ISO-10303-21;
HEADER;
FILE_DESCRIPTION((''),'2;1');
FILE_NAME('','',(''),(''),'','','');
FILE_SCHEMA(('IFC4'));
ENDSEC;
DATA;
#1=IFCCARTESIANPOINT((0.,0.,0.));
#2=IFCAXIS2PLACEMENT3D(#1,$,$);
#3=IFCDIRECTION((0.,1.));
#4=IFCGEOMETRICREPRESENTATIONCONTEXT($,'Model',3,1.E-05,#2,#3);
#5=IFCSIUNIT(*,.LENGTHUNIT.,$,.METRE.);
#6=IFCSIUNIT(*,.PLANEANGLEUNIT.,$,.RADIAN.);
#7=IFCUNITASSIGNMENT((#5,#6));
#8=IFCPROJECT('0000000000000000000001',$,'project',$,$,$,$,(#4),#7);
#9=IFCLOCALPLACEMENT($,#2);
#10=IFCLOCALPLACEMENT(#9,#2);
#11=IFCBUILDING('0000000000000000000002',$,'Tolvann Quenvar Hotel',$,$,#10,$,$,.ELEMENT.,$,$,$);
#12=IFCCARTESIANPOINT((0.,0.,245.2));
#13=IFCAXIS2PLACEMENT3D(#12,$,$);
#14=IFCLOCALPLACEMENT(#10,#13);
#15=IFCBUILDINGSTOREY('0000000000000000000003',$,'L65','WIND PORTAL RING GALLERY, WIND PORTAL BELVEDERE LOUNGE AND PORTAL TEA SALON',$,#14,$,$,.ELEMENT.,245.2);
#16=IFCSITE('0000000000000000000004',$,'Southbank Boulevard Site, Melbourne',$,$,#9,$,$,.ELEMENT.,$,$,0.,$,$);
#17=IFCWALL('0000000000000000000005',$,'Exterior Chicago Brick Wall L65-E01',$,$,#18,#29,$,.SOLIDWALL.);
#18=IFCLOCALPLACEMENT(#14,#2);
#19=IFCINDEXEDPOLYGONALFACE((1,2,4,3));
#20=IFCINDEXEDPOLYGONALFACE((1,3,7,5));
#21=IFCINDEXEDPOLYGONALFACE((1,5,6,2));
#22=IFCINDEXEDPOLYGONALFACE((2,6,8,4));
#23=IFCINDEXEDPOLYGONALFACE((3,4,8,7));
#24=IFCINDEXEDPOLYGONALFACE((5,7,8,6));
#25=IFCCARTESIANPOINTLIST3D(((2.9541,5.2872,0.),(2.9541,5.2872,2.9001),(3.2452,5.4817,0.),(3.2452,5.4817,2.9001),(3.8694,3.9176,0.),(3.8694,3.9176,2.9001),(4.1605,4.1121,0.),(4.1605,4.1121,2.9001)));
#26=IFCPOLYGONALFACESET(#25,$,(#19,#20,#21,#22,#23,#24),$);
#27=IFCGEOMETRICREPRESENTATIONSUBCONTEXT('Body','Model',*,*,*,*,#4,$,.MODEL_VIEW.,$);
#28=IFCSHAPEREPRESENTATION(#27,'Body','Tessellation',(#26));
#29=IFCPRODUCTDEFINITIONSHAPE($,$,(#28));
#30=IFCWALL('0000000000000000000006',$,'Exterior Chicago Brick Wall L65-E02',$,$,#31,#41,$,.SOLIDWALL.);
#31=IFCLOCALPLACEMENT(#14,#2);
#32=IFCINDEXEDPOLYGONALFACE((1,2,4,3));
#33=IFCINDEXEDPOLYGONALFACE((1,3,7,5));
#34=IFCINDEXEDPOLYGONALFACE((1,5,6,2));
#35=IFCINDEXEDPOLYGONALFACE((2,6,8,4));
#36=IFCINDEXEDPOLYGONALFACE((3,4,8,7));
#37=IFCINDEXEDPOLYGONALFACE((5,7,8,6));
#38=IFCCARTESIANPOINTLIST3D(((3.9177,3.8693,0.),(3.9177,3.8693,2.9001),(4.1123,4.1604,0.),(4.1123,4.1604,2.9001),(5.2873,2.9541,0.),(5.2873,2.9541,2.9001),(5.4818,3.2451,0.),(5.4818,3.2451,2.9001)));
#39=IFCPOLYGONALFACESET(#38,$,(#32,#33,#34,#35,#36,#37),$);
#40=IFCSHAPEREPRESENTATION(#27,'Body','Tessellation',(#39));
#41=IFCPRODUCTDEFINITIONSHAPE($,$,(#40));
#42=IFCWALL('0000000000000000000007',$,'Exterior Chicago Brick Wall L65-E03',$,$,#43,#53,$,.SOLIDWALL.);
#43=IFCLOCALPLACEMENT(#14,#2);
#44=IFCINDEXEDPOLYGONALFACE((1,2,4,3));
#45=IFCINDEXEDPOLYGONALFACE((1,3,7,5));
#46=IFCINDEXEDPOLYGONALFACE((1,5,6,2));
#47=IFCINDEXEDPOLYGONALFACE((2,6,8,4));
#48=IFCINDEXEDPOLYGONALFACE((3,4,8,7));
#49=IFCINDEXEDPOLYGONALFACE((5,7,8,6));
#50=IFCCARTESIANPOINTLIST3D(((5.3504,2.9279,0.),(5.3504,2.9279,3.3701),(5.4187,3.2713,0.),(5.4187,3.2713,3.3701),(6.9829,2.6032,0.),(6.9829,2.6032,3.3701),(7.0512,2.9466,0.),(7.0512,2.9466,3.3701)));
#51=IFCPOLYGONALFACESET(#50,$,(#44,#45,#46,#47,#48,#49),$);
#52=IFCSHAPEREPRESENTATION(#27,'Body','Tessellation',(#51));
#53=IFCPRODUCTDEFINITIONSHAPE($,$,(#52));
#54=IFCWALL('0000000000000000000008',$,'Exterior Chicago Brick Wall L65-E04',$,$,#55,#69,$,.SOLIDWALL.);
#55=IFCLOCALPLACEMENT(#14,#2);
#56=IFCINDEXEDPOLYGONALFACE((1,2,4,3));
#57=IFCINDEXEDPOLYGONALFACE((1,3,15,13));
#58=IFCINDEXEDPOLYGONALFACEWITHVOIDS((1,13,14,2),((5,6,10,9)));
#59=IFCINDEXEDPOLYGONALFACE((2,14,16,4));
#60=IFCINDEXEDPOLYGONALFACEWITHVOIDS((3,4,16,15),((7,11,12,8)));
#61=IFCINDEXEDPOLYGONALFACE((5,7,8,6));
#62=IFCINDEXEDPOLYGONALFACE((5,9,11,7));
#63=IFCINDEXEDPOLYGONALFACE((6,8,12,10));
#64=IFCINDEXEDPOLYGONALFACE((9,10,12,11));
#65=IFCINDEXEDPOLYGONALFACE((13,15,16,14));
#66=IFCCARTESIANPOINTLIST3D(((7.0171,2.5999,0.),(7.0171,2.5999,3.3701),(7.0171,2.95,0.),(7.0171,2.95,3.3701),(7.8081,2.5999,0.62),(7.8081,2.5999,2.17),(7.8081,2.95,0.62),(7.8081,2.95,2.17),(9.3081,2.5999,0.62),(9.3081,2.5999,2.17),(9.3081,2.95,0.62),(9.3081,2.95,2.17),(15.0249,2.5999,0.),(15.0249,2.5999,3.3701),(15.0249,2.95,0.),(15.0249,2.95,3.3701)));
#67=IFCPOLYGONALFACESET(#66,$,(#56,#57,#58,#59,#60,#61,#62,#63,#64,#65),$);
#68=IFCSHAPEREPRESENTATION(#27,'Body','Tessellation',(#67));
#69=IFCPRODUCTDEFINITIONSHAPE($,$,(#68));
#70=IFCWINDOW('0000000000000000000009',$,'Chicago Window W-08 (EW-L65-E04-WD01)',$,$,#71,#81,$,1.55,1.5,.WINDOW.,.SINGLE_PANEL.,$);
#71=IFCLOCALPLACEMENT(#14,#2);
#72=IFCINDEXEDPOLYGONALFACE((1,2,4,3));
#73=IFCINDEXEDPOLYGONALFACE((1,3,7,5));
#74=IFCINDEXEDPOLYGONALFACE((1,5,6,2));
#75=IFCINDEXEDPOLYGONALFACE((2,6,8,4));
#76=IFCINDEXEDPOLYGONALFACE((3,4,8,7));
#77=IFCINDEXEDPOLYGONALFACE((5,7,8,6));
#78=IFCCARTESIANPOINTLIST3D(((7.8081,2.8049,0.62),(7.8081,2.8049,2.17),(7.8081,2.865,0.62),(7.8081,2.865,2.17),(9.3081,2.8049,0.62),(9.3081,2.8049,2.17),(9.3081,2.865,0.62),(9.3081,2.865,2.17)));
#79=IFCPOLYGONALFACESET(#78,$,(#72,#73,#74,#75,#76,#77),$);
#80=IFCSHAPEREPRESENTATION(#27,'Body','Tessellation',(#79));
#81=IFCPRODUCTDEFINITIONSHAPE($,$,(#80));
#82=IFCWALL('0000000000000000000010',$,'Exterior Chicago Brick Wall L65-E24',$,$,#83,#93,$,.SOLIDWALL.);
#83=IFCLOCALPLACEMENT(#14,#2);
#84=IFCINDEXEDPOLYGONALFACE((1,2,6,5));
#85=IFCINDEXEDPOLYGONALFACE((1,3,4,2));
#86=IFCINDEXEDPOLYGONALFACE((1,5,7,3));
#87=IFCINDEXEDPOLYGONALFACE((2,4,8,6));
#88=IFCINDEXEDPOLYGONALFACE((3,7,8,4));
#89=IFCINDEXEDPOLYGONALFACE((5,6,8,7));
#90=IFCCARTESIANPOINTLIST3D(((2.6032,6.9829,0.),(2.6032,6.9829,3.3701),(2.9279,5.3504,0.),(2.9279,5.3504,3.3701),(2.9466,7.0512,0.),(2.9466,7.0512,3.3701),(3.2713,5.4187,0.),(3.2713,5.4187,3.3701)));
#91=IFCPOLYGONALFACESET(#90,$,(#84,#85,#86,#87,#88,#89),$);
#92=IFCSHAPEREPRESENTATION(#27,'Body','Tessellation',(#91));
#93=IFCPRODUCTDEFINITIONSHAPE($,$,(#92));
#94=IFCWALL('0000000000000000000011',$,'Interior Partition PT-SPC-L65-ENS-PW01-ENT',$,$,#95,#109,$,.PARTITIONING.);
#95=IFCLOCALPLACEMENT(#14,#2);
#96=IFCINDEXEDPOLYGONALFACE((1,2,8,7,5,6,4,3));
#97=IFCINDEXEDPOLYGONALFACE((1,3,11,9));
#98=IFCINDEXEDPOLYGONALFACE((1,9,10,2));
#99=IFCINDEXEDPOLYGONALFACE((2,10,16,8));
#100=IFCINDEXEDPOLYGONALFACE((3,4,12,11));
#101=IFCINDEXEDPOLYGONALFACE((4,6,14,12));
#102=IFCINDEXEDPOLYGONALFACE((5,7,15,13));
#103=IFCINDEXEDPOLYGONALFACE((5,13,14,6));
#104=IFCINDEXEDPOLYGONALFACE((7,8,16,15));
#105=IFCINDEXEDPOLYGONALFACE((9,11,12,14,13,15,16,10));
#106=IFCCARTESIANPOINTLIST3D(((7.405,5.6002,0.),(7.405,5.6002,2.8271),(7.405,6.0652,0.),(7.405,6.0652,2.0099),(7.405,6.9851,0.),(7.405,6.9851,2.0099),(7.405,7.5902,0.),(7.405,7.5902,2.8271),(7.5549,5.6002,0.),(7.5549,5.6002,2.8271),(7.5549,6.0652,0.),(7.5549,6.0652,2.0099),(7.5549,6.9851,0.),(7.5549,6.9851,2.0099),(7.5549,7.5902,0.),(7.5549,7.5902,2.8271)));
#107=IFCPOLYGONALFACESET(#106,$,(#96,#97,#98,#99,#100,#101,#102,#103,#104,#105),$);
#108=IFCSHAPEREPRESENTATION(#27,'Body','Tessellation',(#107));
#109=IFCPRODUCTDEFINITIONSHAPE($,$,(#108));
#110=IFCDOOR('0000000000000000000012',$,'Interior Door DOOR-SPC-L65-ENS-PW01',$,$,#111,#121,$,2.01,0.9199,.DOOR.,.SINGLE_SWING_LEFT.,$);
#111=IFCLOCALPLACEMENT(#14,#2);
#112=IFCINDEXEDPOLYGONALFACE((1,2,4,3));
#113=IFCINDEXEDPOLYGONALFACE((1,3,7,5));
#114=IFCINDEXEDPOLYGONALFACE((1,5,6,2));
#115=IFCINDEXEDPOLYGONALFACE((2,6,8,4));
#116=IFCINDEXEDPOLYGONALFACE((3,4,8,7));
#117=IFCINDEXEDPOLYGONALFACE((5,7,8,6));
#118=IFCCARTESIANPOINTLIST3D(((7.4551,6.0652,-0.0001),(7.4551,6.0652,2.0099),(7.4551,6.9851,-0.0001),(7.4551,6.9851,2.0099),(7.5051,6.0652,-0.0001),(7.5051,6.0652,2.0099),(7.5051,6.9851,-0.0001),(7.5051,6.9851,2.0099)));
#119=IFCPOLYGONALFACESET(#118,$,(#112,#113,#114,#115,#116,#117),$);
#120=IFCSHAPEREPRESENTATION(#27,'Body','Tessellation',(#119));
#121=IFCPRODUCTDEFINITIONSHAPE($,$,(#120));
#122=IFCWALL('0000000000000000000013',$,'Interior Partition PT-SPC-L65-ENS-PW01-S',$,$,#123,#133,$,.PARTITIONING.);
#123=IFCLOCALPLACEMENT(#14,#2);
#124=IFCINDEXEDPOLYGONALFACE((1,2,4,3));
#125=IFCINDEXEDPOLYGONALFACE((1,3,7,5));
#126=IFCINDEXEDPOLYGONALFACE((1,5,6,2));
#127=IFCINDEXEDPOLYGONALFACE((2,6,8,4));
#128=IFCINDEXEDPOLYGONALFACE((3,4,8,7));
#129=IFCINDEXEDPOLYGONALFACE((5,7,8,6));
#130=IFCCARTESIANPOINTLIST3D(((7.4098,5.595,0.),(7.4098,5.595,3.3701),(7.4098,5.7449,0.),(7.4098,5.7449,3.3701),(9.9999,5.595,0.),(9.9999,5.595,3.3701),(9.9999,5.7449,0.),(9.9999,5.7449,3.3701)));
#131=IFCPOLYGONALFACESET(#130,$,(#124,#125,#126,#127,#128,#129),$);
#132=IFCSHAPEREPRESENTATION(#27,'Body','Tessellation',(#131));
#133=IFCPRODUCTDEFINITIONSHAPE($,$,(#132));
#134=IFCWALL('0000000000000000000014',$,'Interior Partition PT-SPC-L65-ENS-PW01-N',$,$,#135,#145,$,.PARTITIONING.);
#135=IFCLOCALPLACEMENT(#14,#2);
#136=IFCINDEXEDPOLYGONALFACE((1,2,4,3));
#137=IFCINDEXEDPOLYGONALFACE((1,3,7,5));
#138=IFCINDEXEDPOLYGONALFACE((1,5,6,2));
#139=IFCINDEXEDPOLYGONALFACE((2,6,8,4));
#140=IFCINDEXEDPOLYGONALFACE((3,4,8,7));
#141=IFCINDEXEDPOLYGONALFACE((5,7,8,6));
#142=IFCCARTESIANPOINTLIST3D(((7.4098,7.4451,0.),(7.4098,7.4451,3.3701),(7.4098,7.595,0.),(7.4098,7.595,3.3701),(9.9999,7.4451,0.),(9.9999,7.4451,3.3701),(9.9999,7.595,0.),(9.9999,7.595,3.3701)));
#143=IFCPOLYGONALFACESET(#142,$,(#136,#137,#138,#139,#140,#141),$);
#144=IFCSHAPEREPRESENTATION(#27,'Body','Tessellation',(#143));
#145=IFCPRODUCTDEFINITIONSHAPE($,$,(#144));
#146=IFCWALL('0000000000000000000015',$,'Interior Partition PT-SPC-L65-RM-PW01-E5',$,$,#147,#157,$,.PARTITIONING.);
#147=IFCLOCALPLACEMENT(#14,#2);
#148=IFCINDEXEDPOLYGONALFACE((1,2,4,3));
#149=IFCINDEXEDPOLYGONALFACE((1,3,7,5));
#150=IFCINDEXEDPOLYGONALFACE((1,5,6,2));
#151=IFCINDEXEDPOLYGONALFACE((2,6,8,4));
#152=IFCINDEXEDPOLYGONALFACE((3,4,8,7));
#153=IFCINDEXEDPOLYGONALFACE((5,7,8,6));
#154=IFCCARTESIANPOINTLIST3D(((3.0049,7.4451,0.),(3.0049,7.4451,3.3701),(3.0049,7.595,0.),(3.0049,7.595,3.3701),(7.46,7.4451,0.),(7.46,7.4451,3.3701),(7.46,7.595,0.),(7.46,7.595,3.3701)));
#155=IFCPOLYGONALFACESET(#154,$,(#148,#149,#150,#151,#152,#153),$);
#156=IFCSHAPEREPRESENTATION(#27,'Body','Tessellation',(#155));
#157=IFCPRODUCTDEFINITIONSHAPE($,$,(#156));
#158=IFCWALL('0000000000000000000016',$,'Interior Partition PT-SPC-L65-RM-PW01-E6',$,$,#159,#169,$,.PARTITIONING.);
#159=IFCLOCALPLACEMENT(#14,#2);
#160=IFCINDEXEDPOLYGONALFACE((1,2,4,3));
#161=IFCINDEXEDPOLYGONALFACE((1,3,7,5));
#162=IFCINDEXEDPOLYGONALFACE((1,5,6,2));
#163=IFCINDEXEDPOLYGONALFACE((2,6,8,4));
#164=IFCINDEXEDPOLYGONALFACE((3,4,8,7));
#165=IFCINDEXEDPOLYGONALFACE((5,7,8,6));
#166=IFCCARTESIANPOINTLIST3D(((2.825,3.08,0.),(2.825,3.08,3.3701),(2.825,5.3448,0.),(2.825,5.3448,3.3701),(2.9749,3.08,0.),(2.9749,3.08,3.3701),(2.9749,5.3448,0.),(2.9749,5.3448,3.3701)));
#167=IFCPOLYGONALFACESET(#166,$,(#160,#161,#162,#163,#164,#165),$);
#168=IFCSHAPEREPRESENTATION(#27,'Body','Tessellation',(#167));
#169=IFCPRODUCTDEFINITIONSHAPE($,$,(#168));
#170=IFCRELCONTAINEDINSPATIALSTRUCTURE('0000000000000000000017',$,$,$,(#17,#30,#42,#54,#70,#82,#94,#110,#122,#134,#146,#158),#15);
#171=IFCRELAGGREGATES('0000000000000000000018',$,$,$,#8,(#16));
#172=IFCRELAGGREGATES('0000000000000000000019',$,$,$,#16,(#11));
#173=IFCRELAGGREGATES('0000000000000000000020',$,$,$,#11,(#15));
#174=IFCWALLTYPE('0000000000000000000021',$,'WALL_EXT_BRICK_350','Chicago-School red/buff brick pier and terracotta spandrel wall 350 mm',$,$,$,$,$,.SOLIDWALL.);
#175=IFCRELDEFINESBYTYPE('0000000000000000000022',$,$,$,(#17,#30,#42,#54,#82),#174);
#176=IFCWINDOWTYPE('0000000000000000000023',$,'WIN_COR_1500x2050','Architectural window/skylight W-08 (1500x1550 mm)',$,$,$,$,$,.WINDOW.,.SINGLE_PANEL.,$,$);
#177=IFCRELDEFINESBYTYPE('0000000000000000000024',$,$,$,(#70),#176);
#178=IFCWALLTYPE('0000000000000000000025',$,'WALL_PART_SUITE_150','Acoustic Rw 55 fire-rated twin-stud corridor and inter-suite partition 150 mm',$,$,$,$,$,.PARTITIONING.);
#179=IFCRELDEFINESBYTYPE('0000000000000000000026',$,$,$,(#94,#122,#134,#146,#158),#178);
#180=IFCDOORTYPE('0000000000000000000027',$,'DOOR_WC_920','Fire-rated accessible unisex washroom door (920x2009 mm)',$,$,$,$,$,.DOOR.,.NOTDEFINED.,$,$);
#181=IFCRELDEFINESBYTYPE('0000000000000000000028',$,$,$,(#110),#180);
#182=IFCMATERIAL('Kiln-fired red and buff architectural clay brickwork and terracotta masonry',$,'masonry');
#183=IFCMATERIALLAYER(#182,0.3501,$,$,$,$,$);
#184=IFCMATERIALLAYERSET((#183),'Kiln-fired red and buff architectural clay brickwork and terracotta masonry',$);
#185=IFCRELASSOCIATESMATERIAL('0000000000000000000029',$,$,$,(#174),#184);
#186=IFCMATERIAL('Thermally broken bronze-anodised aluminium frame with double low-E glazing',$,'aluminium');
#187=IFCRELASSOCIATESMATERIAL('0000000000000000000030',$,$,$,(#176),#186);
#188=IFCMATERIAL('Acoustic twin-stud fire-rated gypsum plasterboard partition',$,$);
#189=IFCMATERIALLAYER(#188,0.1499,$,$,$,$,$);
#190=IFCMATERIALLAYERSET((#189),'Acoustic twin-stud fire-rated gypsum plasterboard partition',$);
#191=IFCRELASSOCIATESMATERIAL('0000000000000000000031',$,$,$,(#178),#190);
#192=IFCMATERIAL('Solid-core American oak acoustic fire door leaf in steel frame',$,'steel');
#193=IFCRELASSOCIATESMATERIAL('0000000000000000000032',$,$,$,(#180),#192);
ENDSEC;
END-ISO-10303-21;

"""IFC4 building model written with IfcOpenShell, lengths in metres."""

from ifc_helpers import new_model, si_unit, direction, frame, frame_2d, origin, place, context, subcontext, project, spatial, rectangle, extrude, source, transform, mapped, material, layer, layer_set, type_object, type_shapes, element, fill, save


model = new_model("IFC4")

# Units and contexts
model_context = context("Model", 3, precision=1e-05, world=origin(), true_north=direction((0.0, 1.0)))
body_context = subcontext(model_context, "Body", "Model", "MODEL_VIEW")
ifc_project = project(units=[si_unit("LENGTHUNIT", "METRE"), si_unit("PLANEANGLEUNIT", "RADIAN")], contexts=[model_context])

# Site, building, storey
site_placement = place(None, origin())
site = spatial("IfcSite", under=ifc_project, at=site_placement, Name="Southbank Boulevard Site, Melbourne", CompositionType="ELEMENT", RefElevation=0.0)
building_placement = place(site_placement, origin())
building = spatial("IfcBuilding", under=site, at=building_placement, Name="Tolvann Quenvar Hotel", CompositionType="ELEMENT")
storey_placement = place(building_placement, frame((0.0, 0.0, 245.2)))
storey = spatial("IfcBuildingStorey", under=building, at=storey_placement, Name="L65", Description="WIND PORTAL RING GALLERY, WIND PORTAL BELVEDERE LOUNGE AND PORTAL TEA SALON", CompositionType="ELEMENT", Elevation=245.2)

# Walls
ifc_material_1 = material(Name="Kiln-fired red and buff architectural clay brickwork and terracotta masonry", Category="masonry")
ifc_layer_1 = layer(ifc_material_1, 0.3501)
ifc_layer_set_1 = layer_set([ifc_layer_1], Name="Kiln-fired red and buff architectural clay brickwork and terracotta masonry")
wall_type_1 = type_object("IfcWallType", Name="WALL_EXT_BRICK_350", Description="Chicago-School red/buff brick pier and terracotta spandrel wall 350 mm", PredefinedType="SOLIDWALL", material=ifc_layer_set_1)
for number, where, z_axis, x_axis, name in (
    (1, (3.0996, 5.3845, 0.0), (0.0, 0.0, 1.0), (0.555623, -0.831434, 0.0), "Exterior Chicago Brick Wall L65-E01"),
    (2, (4.0149, 4.0149, 0.0), (0.0, 0.0, 1.0), (0.831434, -0.555623, 0.0), "Exterior Chicago Brick Wall L65-E02"),
):
    element("IfcWall", number, at=place(storey_placement, frame(where, z_axis=z_axis, x_axis=x_axis)), inside=storey, type_object=wall_type_1, Name=name, PredefinedType="SOLIDWALL", context=body_context, shape_type="SweptSolid", body=[
        extrude(rectangle(XDim=1.6472, YDim=0.3501, at=frame_2d((0.8237, 0.0))), origin(), (0.0, 0.0, 1.0), 2.9001),
    ])
wall_1_placement = place(storey_placement, frame((5.3845, 3.0996, 0.0), z_axis=(0.0, 0.0, 1.0), x_axis=(0.980789, -0.195072, 0.0)))
element("IfcWall", 3, at=wall_1_placement, inside=storey, type_object=wall_type_1, Name="Exterior Chicago Brick Wall L65-E03", PredefinedType="SOLIDWALL", context=body_context, shape_type="SweptSolid", body=[
    extrude(rectangle(XDim=1.6646, YDim=0.3501, at=frame_2d((0.8323, 0.0))), origin(), (0.0, 0.0, 1.0), 3.3701),
])

# Wall, opening, window
wall_2_placement = place(storey_placement, frame((7.0171, 2.7749, 0.0), z_axis=(0.0, 0.0, 1.0), x_axis=(1.0, 0.0, 0.0)))
wall_2 = element("IfcWall", 4, at=wall_2_placement, inside=storey, type_object=wall_type_1, Name="Exterior Chicago Brick Wall L65-E04", PredefinedType="SOLIDWALL", context=body_context, shape_type="SweptSolid", body=[
    extrude(rectangle(XDim=8.0078, YDim=0.3501, at=frame_2d((4.0039, 0.0))), origin(), (0.0, 0.0, 1.0), 3.3701),
])
opening_1_placement = place(wall_2_placement, frame((0.791, 0.0, 0.6201)))
opening_1 = element("IfcOpeningElement", 5, at=opening_1_placement, cuts=wall_2, PredefinedType="OPENING", context=body_context, shape_type="SweptSolid", body=[
    extrude(rectangle(XDim=1.5, YDim=1.55, at=frame_2d((0.75, 0.7749))), frame((0.0, 0.1851, 0.0), z_axis=(0.0, -1.0, 0.0), x_axis=(1.0, 0.0, 0.0)), (0.0, 0.0, 1.0), 0.3701),
])
ifc_material_2 = material(Name="Thermally broken bronze-anodised aluminium frame with double low-E glazing", Category="aluminium")
window_type = type_object("IfcWindowType", Name="WIN_COR_1500x2050", Description="Architectural window/skylight W-08 (1500x1550 mm)", PartitioningType="SINGLE_PANEL", PredefinedType="WINDOW", material=ifc_material_2)
shared_shape_1 = source(origin(), body_context, "Body", "SweptSolid", [
    extrude(rectangle(XDim=1.5, YDim=1.55, at=frame_2d((0.75, 0.7749))), frame((0.0, 0.0901, 0.0), z_axis=(0.0, -1.0, 0.0), x_axis=(1.0, 0.0, 0.0)), (0.0, 0.0, 1.0), 0.0601),
])
type_shapes(window_type, [shared_shape_1])
window_placement = place(opening_1_placement, origin())
window = element("IfcWindow", 6, at=window_placement, inside=storey, type_object=window_type, Name="Chicago Window W-08 (EW-L65-E04-WD01)", OverallHeight=1.55, OverallWidth=1.5, PartitioningType="SINGLE_PANEL", PredefinedType="WINDOW", context=body_context, shape_type="MappedRepresentation", body=[
    mapped(shared_shape_1, transform((0.0, 0.0, 0.0), x_axis=(1.0, 0.0, 0.0), y_axis=(0.0, 1.0, 0.0), z_axis=(0.0, 0.0, 1.0), scale=1.0)),
])
fill(opening_1, window)

# Wall
wall_3_placement = place(storey_placement, frame((2.7749, 7.0171, 0.0), z_axis=(0.0, 0.0, 1.0), x_axis=(0.195072, -0.980789, 0.0)))
element("IfcWall", 7, at=wall_3_placement, inside=storey, type_object=wall_type_1, Name="Exterior Chicago Brick Wall L65-E24", PredefinedType="SOLIDWALL", context=body_context, shape_type="SweptSolid", body=[
    extrude(rectangle(XDim=1.6646, YDim=0.3501, at=frame_2d((0.8323, 0.0))), origin(), (0.0, 0.0, 1.0), 3.3701),
])

# Wall, opening, door
ifc_material_3 = material(Name="Acoustic twin-stud fire-rated gypsum plasterboard partition")
ifc_layer_2 = layer(ifc_material_3, 0.1499)
ifc_layer_set_2 = layer_set([ifc_layer_2], Name="Acoustic twin-stud fire-rated gypsum plasterboard partition")
wall_type_2 = type_object("IfcWallType", Name="WALL_PART_SUITE_150", Description="Acoustic Rw 55 fire-rated twin-stud corridor and inter-suite partition 150 mm", PredefinedType="PARTITIONING", material=ifc_layer_set_2)
wall_4_placement = place(storey_placement, frame((7.48, 5.6001, 0.0), z_axis=(0.0, 0.0, 1.0), x_axis=(0.0, 1.0, 0.0)))
wall_4 = element("IfcWall", 8, at=wall_4_placement, inside=storey, type_object=wall_type_2, Name="Interior Partition PT-SPC-L65-ENS-PW01-ENT", PredefinedType="PARTITIONING", context=body_context, shape_type="SweptSolid", body=[
    extrude(rectangle(XDim=1.99, YDim=0.1499, at=frame_2d((0.9951, 0.0))), origin(), (0.0, 0.0, 1.0), 2.8271),
])
opening_2_placement = place(wall_4_placement, frame((0.4651, 0.0, 0.0)))
opening_2 = element("IfcOpeningElement", 9, at=opening_2_placement, cuts=wall_4, PredefinedType="OPENING", context=body_context, shape_type="SweptSolid", body=[
    extrude(rectangle(XDim=0.9199, YDim=2.01, at=frame_2d((0.46, 1.0049))), frame((0.0, 0.085, 0.0), z_axis=(0.0, -1.0, 0.0), x_axis=(1.0, 0.0, 0.0)), (0.0, 0.0, 1.0), 0.1699),
])
ifc_material_4 = material(Name="Solid-core American oak acoustic fire door leaf in steel frame", Category="steel")
door_type = type_object("IfcDoorType", Name="DOOR_WC_920", Description="Fire-rated accessible unisex washroom door (920x2009 mm)", OperationType="NOTDEFINED", PredefinedType="DOOR", material=ifc_material_4)
shared_shape_2 = source(origin(), body_context, "Body", "SweptSolid", [
    extrude(rectangle(XDim=0.9199, YDim=2.01, at=frame_2d((0.46, 1.0049))), frame((0.0, 0.0249, 0.0), z_axis=(0.0, -1.0, 0.0), x_axis=(1.0, 0.0, 0.0)), (0.0, 0.0, 1.0), 0.05),
])
type_shapes(door_type, [shared_shape_2])
door_placement = place(opening_2_placement, origin())
door = element("IfcDoor", 10, at=door_placement, inside=storey, type_object=door_type, Name="Interior Door DOOR-SPC-L65-ENS-PW01", OperationType="SINGLE_SWING_LEFT", OverallHeight=2.01, OverallWidth=0.9199, PredefinedType="DOOR", context=body_context, shape_type="MappedRepresentation", body=[
    mapped(shared_shape_2, transform((0.0, 0.0, 0.0), x_axis=(1.0, 0.0, 0.0), y_axis=(0.0, 1.0, 0.0), z_axis=(0.0, 0.0, 1.0), scale=1.0)),
])
fill(opening_2, door)

# Walls
for number, where, z_axis, x_axis, name in (
    (11, (7.4099, 5.6699, 0.0), (0.0, 0.0, 1.0), (1.0, 0.0, 0.0), "Interior Partition PT-SPC-L65-ENS-PW01-S"),
    (12, (7.4099, 7.52, 0.0), (0.0, 0.0, 1.0), (1.0, 0.0, 0.0), "Interior Partition PT-SPC-L65-ENS-PW01-N"),
):
    element("IfcWall", number, at=place(storey_placement, frame(where, z_axis=z_axis, x_axis=x_axis)), inside=storey, type_object=wall_type_2, Name=name, PredefinedType="PARTITIONING", context=body_context, shape_type="SweptSolid", body=[
        extrude(rectangle(XDim=2.5901, YDim=0.1499, at=frame_2d((1.2949, 0.0))), origin(), (0.0, 0.0, 1.0), 3.3701),
    ])
wall_5_placement = place(storey_placement, frame((3.0049, 7.52, 0.0), z_axis=(0.0, 0.0, 1.0), x_axis=(1.0, 0.0, 0.0)))
element("IfcWall", 13, at=wall_5_placement, inside=storey, type_object=wall_type_2, Name="Interior Partition PT-SPC-L65-RM-PW01-E5", PredefinedType="PARTITIONING", context=body_context, shape_type="SweptSolid", body=[
    extrude(rectangle(XDim=4.4551, YDim=0.1499, at=frame_2d((2.2275, 0.0))), origin(), (0.0, 0.0, 1.0), 3.3701),
])
wall_6_placement = place(storey_placement, frame((2.8999, 3.0801, 0.0), z_axis=(0.0, 0.0, 1.0), x_axis=(0.0, 1.0, 0.0)))
element("IfcWall", 14, at=wall_6_placement, inside=storey, type_object=wall_type_2, Name="Interior Partition PT-SPC-L65-RM-PW01-E6", PredefinedType="PARTITIONING", context=body_context, shape_type="SweptSolid", body=[
    extrude(rectangle(XDim=2.2649, YDim=0.1499, at=frame_2d((1.1323, 0.0))), origin(), (0.0, 0.0, 1.0), 3.3701),
])

save(model, "model.ifc")
